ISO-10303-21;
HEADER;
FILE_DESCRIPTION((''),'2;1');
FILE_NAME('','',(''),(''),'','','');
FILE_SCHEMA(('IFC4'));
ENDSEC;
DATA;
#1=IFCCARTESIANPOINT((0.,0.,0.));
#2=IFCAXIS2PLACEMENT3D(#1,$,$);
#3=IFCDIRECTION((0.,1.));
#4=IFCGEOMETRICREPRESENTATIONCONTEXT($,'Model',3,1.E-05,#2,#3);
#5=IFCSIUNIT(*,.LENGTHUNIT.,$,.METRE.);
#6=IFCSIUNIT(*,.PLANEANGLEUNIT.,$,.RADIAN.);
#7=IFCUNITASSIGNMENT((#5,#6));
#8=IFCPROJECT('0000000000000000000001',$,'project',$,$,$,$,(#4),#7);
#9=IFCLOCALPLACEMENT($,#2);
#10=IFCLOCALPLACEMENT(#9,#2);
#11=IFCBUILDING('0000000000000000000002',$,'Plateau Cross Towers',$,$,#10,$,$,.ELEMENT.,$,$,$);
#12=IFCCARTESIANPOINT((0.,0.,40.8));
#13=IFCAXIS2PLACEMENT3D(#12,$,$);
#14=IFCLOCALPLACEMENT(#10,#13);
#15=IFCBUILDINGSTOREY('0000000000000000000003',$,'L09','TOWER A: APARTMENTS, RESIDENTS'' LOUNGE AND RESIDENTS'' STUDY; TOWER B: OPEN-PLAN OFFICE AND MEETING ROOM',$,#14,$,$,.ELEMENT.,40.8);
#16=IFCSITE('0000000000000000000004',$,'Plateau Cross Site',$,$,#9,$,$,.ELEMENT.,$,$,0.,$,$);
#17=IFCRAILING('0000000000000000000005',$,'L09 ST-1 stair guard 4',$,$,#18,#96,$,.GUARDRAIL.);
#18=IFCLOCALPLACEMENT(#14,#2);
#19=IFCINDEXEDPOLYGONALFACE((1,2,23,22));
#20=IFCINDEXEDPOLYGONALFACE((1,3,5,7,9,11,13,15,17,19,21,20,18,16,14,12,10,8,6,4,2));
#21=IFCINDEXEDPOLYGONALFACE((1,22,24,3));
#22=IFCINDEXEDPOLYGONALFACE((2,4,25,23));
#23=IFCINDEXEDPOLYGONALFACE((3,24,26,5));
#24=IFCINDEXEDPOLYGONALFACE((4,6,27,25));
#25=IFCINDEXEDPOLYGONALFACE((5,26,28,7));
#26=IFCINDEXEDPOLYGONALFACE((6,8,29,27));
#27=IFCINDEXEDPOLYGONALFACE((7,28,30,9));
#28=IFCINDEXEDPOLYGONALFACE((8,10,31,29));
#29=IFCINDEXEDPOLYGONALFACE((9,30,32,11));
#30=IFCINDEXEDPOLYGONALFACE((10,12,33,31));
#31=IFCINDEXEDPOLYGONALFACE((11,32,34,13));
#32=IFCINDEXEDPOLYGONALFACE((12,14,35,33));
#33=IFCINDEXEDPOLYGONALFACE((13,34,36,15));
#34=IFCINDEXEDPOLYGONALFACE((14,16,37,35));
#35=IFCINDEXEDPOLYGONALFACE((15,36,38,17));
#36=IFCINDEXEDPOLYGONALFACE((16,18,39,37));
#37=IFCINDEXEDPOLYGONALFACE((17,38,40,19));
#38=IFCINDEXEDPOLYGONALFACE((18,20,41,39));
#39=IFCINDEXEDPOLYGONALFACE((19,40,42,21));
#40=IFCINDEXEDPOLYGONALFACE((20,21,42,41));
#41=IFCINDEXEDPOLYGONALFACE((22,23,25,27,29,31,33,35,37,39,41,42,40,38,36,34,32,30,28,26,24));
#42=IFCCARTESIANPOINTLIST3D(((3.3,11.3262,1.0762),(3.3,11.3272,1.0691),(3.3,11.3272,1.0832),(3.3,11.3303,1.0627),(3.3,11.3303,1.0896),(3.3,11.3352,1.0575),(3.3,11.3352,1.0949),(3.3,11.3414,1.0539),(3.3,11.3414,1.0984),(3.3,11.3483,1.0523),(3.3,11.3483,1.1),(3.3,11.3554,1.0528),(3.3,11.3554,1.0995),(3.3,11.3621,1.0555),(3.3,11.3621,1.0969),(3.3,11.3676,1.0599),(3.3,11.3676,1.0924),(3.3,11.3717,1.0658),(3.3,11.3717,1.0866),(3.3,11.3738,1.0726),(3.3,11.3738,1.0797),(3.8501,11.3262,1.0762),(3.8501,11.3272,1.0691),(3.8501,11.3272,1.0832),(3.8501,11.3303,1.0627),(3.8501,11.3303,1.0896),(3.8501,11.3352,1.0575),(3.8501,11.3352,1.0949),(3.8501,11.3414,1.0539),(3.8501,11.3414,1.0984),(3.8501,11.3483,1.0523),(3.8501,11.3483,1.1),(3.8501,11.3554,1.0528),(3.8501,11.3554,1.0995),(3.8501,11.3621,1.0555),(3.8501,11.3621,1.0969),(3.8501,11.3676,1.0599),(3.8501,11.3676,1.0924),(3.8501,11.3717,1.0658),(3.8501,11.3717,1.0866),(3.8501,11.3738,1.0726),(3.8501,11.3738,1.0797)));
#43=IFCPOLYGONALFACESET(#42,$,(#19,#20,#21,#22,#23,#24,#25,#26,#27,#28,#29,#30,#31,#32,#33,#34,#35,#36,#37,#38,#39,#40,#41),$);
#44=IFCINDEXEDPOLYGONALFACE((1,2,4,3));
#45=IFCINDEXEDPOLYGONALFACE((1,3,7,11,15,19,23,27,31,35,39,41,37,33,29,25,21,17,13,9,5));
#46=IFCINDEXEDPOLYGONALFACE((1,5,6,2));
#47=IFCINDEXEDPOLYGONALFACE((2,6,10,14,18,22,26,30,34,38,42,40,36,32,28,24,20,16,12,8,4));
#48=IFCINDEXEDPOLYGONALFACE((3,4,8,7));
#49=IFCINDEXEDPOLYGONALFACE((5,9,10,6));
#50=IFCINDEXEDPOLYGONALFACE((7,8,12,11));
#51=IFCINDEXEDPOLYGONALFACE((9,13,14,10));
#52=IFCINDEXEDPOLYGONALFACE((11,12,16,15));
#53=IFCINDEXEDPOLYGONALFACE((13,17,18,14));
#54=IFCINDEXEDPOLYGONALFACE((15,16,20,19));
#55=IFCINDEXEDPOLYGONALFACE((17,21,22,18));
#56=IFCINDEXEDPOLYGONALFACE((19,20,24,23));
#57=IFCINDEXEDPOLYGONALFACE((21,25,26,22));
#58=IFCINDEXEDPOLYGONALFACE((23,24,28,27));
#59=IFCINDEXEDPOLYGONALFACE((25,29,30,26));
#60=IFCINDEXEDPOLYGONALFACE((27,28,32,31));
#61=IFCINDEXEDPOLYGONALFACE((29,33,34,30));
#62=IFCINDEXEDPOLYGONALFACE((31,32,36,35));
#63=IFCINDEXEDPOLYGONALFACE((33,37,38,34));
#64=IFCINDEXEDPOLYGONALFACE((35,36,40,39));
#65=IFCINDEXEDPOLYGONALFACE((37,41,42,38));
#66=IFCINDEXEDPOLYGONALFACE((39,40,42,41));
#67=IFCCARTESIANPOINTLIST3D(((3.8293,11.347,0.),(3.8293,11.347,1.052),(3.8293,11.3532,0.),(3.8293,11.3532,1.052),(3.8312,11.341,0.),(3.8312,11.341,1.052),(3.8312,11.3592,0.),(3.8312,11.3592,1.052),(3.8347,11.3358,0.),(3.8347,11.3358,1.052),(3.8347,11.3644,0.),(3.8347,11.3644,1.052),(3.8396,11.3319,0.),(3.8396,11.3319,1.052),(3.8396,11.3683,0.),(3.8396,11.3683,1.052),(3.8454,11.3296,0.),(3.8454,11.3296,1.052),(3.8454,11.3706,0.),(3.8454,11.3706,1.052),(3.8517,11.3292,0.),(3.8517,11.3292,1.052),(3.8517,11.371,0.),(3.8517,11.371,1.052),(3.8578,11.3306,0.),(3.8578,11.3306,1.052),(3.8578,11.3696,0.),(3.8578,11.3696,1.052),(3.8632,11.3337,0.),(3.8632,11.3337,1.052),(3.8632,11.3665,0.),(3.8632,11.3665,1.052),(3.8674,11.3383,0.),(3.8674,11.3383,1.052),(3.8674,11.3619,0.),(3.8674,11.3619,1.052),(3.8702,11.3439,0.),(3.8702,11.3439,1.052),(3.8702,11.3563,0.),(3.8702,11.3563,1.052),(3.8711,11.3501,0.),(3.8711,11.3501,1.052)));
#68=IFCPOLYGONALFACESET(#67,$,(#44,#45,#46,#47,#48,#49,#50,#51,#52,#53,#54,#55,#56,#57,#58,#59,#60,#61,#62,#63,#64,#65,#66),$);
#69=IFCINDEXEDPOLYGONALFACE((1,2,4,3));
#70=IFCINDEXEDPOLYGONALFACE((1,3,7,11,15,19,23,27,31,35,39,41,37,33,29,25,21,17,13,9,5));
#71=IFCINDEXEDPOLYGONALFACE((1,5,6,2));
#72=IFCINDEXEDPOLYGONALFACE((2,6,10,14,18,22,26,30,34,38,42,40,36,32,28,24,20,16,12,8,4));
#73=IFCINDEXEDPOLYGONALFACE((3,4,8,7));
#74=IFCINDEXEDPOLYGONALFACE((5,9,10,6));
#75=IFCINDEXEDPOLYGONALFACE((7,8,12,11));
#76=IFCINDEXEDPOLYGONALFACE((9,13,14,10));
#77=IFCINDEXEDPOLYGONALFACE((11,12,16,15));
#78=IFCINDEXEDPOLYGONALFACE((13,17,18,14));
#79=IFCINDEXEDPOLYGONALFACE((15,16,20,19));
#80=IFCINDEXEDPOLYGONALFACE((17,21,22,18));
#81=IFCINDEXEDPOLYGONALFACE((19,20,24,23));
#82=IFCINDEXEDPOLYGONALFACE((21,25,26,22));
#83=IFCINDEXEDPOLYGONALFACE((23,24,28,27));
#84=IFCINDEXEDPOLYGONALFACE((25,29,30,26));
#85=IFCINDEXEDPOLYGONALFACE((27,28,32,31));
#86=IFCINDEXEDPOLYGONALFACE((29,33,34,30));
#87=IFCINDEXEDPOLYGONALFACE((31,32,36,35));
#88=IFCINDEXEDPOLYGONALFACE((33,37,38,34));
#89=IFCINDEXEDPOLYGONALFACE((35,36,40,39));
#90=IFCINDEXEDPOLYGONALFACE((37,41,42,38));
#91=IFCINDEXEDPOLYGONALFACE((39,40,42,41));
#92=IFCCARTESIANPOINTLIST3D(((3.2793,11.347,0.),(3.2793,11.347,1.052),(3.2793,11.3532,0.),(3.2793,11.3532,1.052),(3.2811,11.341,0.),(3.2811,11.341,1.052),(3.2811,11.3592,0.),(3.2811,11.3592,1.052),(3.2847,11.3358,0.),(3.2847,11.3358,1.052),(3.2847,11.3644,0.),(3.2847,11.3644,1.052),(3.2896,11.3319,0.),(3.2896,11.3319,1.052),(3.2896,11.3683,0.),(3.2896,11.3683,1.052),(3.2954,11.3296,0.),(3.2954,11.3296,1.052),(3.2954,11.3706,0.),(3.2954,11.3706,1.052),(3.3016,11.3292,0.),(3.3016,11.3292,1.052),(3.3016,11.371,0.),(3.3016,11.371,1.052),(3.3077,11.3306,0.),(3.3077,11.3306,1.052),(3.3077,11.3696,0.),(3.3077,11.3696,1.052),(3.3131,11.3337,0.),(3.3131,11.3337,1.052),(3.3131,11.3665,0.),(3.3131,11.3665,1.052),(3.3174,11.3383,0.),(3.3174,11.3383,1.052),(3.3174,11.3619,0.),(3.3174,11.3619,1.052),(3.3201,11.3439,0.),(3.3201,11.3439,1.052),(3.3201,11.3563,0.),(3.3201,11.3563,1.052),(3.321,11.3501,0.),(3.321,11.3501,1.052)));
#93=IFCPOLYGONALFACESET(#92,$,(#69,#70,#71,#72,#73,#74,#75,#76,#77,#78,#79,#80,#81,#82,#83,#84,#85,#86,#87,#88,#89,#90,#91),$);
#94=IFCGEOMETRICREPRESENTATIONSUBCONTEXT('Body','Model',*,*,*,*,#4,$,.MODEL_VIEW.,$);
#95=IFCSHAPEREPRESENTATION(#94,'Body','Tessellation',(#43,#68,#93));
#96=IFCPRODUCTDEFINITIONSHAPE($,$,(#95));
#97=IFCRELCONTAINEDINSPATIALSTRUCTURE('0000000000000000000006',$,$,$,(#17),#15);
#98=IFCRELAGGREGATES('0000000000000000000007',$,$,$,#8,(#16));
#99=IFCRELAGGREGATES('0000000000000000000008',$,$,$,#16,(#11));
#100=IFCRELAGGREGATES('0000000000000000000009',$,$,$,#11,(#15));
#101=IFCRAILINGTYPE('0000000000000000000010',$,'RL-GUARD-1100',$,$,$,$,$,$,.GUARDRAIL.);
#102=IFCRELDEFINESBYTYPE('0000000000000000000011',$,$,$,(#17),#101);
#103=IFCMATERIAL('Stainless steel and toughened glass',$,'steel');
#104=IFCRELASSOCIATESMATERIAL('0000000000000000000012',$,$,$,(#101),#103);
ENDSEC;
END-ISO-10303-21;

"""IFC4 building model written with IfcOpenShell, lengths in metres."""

from ifc_helpers import new_model, si_unit, direction, frame, origin, origin_2d, place, context, subcontext, project, spatial, circle, extrude, material, type_object, element, save


model = new_model("IFC4")

# Units and contexts
model_context = context("Model", 3, precision=1e-05, world=origin(), true_north=direction((0.0, 1.0)))
body_context = subcontext(model_context, "Body", "Model", "MODEL_VIEW")
ifc_project = project(units=[si_unit("LENGTHUNIT", "METRE"), si_unit("PLANEANGLEUNIT", "RADIAN")], contexts=[model_context])

# Site, building, storey
site_placement = place(None, origin())
site = spatial("IfcSite", under=ifc_project, at=site_placement, Name="Plateau Cross Site", CompositionType="ELEMENT", RefElevation=0.0)
building_placement = place(site_placement, origin())
building = spatial("IfcBuilding", under=site, at=building_placement, Name="Plateau Cross Towers", CompositionType="ELEMENT")
storey_placement = place(building_placement, frame((0.0, 0.0, 40.8)))
storey = spatial("IfcBuildingStorey", under=building, at=storey_placement, Name="L09", Description="TOWER A: APARTMENTS, RESIDENTS' LOUNGE AND RESIDENTS' STUDY; TOWER B: OPEN-PLAN OFFICE AND MEETING ROOM", CompositionType="ELEMENT", Elevation=40.8)

# Railing
ifc_material_1 = material(Name="Stainless steel and toughened glass", Category="steel")
railing_type = type_object("IfcRailingType", Name="RL-GUARD-1100", PredefinedType="GUARDRAIL", material=ifc_material_1)
railing_1_placement = place(storey_placement, frame((3.8501, 11.3501, 0.0)))
element("IfcRailing", 1, at=railing_1_placement, inside=storey, type_object=railing_type, Name="L09 ST-1 stair guard 4", PredefinedType="GUARDRAIL", context=body_context, shape_type="SweptSolid", body=[
    extrude(circle(Radius=0.0239, at=origin_2d()), frame((0.0, 0.0, 1.0762), z_axis=(-1.0, 0.0, 0.0), x_axis=(0.0, -1.0, 0.0)), (0.0, 0.0, 1.0), 0.55),
    extrude(circle(Radius=0.021, at=origin_2d()), origin(), (0.0, 0.0, 1.0), 1.052),
    extrude(circle(Radius=0.021, at=origin_2d()), frame((-0.55, 0.0, 0.0)), (0.0, 0.0, 1.0), 1.052),
])

save(model, "model.ifc")
